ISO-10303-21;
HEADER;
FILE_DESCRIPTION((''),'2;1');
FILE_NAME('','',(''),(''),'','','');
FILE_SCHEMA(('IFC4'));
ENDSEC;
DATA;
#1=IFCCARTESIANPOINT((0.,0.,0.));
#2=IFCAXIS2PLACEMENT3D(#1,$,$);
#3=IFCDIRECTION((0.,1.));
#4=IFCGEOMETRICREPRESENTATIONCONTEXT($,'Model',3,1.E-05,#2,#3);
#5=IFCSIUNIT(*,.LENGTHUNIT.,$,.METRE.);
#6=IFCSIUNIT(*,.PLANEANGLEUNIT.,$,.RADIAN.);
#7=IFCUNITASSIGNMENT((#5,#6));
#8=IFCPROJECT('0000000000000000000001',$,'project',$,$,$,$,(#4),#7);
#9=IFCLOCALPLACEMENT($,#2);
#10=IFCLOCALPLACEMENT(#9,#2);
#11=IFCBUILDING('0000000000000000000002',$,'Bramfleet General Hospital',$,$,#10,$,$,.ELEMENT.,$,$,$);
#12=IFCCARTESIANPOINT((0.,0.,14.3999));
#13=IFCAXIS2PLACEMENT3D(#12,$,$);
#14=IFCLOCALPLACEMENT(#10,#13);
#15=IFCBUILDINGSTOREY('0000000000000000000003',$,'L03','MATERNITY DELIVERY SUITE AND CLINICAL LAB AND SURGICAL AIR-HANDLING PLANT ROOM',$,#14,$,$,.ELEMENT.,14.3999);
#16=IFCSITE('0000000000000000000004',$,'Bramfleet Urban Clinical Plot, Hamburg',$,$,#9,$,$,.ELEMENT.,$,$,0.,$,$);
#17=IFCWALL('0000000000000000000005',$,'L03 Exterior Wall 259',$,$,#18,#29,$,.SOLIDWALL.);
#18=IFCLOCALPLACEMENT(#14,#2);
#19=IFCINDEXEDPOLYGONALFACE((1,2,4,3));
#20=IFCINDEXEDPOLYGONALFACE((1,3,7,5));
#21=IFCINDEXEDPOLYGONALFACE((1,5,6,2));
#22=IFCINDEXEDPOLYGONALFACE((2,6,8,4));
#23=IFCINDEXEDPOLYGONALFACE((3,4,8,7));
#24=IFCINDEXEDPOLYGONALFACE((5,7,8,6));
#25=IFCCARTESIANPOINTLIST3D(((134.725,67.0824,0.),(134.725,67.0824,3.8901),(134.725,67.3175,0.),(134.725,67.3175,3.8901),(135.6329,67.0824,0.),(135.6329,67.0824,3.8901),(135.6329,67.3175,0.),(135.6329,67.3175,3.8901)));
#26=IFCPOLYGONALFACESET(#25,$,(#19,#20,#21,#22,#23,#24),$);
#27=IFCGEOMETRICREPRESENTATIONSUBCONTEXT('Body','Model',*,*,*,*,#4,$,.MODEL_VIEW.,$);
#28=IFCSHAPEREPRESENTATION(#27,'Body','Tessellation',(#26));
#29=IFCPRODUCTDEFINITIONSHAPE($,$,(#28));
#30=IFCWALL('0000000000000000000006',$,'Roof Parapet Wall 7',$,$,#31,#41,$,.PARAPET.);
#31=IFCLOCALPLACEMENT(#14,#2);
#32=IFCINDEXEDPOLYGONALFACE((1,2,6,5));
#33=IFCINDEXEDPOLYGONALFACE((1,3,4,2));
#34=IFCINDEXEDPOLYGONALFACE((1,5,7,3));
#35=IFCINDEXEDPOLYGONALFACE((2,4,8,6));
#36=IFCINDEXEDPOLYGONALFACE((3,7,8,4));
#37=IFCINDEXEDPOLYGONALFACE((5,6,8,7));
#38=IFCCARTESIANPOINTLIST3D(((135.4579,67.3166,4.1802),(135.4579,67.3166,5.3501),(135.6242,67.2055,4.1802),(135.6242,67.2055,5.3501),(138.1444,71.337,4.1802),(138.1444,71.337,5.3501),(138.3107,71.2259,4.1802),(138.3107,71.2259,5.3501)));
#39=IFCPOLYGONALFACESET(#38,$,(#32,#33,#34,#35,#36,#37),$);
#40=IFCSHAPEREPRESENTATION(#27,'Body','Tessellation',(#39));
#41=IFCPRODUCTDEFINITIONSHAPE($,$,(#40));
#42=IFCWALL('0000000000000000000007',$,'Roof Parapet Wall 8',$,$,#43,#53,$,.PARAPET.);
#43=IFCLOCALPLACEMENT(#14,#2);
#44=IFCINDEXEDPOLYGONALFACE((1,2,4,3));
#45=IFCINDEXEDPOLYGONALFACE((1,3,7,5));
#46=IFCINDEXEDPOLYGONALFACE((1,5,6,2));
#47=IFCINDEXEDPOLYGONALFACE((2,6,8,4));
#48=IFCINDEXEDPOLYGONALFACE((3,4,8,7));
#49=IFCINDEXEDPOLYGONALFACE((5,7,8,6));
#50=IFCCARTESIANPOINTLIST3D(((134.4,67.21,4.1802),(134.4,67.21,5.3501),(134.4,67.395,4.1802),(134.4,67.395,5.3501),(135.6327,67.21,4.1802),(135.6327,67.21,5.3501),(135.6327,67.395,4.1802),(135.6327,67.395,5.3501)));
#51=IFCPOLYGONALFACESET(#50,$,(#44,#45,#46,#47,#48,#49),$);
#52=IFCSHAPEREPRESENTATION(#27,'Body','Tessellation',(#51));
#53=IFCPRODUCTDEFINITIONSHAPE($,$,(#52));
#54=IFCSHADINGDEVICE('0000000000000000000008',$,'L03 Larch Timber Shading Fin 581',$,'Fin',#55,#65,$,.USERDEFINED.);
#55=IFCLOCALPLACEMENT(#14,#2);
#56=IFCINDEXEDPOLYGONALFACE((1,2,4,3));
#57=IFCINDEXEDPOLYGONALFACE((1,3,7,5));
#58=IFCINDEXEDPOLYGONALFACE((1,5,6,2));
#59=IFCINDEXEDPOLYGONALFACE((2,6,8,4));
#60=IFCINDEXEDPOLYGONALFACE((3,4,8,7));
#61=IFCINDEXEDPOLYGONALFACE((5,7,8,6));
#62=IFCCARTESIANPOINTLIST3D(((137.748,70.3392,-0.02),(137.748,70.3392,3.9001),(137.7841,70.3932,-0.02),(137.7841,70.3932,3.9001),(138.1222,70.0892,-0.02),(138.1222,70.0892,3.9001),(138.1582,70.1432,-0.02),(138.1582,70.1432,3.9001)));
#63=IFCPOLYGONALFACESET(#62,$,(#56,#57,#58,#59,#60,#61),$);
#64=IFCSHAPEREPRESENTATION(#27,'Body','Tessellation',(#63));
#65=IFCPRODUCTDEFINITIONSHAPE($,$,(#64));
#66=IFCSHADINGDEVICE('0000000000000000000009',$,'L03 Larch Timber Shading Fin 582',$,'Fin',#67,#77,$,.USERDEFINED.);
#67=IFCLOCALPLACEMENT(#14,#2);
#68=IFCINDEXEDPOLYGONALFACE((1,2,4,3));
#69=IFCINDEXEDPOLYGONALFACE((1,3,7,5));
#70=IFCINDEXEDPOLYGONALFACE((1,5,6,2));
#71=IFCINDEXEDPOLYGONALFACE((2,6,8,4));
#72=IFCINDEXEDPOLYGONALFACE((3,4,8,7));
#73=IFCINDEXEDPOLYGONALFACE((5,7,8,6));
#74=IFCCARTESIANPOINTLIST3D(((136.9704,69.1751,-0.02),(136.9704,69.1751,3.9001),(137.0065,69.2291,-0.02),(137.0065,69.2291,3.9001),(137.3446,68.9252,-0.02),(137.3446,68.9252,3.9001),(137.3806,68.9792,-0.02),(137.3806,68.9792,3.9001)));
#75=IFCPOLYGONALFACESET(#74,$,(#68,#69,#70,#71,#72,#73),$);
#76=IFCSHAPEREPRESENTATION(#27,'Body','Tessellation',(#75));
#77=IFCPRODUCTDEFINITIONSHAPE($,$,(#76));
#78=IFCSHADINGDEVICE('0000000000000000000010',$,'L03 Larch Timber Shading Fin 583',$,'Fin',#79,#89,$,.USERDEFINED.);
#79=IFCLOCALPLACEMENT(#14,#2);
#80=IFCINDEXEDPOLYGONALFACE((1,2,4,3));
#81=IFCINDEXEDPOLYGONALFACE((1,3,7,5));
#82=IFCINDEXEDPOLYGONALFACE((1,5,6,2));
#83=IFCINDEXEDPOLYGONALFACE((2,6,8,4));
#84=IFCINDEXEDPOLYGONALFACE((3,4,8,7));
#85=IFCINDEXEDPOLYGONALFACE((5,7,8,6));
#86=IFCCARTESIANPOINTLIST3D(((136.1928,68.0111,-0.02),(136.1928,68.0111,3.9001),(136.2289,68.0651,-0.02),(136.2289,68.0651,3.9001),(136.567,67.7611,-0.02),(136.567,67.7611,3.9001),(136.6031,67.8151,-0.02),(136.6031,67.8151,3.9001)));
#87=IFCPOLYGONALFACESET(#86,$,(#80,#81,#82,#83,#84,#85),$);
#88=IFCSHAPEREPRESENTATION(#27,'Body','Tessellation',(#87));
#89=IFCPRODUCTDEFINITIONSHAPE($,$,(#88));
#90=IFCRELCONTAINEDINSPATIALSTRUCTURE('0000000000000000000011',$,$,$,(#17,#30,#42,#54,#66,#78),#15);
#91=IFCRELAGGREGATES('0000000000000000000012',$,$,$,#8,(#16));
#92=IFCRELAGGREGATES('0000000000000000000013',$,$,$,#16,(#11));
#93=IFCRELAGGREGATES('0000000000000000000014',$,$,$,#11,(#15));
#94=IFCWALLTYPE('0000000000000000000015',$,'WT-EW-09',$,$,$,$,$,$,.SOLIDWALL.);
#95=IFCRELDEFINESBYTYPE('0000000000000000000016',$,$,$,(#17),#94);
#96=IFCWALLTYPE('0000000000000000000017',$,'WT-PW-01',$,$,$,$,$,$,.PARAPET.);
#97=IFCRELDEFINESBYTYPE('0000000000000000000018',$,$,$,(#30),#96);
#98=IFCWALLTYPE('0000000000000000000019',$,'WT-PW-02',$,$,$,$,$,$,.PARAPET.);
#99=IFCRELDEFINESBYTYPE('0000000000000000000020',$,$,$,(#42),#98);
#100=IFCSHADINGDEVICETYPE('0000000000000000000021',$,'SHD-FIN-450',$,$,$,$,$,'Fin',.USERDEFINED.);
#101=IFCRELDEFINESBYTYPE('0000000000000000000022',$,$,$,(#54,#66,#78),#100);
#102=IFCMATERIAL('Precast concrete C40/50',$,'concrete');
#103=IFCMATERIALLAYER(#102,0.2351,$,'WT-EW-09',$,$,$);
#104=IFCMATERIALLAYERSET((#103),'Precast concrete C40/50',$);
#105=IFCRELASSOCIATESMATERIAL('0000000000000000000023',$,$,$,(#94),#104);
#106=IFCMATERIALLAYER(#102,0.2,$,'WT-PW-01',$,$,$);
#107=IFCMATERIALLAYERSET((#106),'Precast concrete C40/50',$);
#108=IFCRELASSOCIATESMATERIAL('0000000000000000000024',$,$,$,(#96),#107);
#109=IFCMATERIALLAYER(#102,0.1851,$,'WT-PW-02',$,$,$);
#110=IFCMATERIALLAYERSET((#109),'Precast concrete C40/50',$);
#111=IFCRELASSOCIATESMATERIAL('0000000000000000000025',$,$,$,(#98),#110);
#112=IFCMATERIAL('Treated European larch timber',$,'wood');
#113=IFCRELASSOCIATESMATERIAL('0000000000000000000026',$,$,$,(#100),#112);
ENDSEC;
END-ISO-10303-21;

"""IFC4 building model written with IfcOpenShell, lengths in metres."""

from ifc_helpers import new_model, si_unit, direction, frame, frame_2d, origin, origin_2d, place, context, subcontext, project, spatial, rectangle, extrude, material, layer, layer_set, material_profile, profile_set, type_object, element, save


model = new_model("IFC4")

# Units and contexts
model_context = context("Model", 3, precision=1e-05, world=origin(), true_north=direction((0.0, 1.0)))
body_context = subcontext(model_context, "Body", "Model", "MODEL_VIEW")
ifc_project = project(units=[si_unit("LENGTHUNIT", "METRE"), si_unit("PLANEANGLEUNIT", "RADIAN")], contexts=[model_context])

# Site, building, storey
site_placement = place(None, origin())
site = spatial("IfcSite", under=ifc_project, at=site_placement, Name="Bramfleet Urban Clinical Plot, Hamburg", CompositionType="ELEMENT", RefElevation=0.0)
building_placement = place(site_placement, origin())
building = spatial("IfcBuilding", under=site, at=building_placement, Name="Bramfleet General Hospital", CompositionType="ELEMENT")
storey_placement = place(building_placement, frame((0.0, 0.0, 14.3999)))
storey = spatial("IfcBuildingStorey", under=building, at=storey_placement, Name="L03", Description="MATERNITY DELIVERY SUITE AND CLINICAL LAB AND SURGICAL AIR-HANDLING PLANT ROOM", CompositionType="ELEMENT", Elevation=14.3999)

# Walls
ifc_material_1 = material(Name="Precast concrete C40/50", Category="concrete")
ifc_layer_1 = layer(ifc_material_1, 0.2351, Name="WT-EW-09")
ifc_layer_set_1 = layer_set([ifc_layer_1], Name="Precast concrete C40/50")
wall_type_1 = type_object("IfcWallType", Name="WT-EW-09", PredefinedType="SOLIDWALL", material=ifc_layer_set_1)
wall_1_placement = place(storey_placement, frame((135.6331, 67.2, 0.0), z_axis=(0.0, 0.0, 1.0), x_axis=(-1.0, 0.0, 0.0)))
element("IfcWall", 1, at=wall_1_placement, inside=storey, type_object=wall_type_1, Name="L03 Exterior Wall 259", PredefinedType="SOLIDWALL", context=body_context, shape_type="SweptSolid", body=[
    extrude(rectangle(XDim=0.908, YDim=0.2351, at=frame_2d((0.4541, 0.0))), origin(), (0.0, 0.0, 1.0), 3.8901),
])
ifc_layer_2 = layer(ifc_material_1, 0.2, Name="WT-PW-01")
ifc_layer_set_2 = layer_set([ifc_layer_2], Name="Precast concrete C40/50")
wall_type_2 = type_object("IfcWallType", Name="WT-PW-01", PredefinedType="PARAPET", material=ifc_layer_set_2)
wall_2_placement = place(storey_placement, frame((138.2275, 71.2815, 4.1802), z_axis=(0.0, 0.0, 1.0), x_axis=(-0.555585, -0.831459, 0.0)))
element("IfcWall", 2, at=wall_2_placement, inside=storey, type_object=wall_type_2, Name="Roof Parapet Wall 7", PredefinedType="PARAPET", context=body_context, shape_type="SweptSolid", body=[
    extrude(rectangle(XDim=4.8354, YDim=0.2, at=frame_2d((2.4177, 0.0))), origin(), (0.0, 0.0, 1.0), 1.1699),
])
ifc_layer_3 = layer(ifc_material_1, 0.1851, Name="WT-PW-02")
ifc_layer_set_3 = layer_set([ifc_layer_3], Name="Precast concrete C40/50")
wall_type_3 = type_object("IfcWallType", Name="WT-PW-02", PredefinedType="PARAPET", material=ifc_layer_set_3)
wall_3_placement = place(storey_placement, frame((135.6326, 67.3025, 4.1802), z_axis=(0.0, 0.0, 1.0), x_axis=(-1.0, 0.0, 0.0)))
element("IfcWall", 3, at=wall_3_placement, inside=storey, type_object=wall_type_3, Name="Roof Parapet Wall 8", PredefinedType="PARAPET", context=body_context, shape_type="SweptSolid", body=[
    extrude(rectangle(XDim=1.2327, YDim=0.1851, at=frame_2d((0.6162, 0.0))), origin(), (0.0, 0.0, 1.0), 1.1699),
])

# Shading devices
ifc_material_2 = material(Name="Treated European larch timber", Category="wood")
ifc_material_profile_1 = material_profile(ifc_material_2, rectangle(XDim=0.0649, YDim=0.45, at=origin_2d()), Name="LARCH FIN 450x65")
ifc_profile_set_1 = profile_set([ifc_material_profile_1], Name="Treated European larch timber")
shading_device_type = type_object("IfcShadingDeviceType", Name="SHD-FIN-450", ElementType="Fin", PredefinedType="USERDEFINED", material=ifc_profile_set_1)
for number, where, z_axis, x_axis, name in (
    (4, (137.9531, 70.2412, -0.02), (0.0, 0.0, 1.0), (-0.555464, -0.831541, 0.0), "L03 Larch Timber Shading Fin 581"),
    (5, (137.1755, 69.0771, -0.02), (0.0, 0.0, 1.0), (-0.555464, -0.831541, 0.0), "L03 Larch Timber Shading Fin 582"),
    (6, (136.3979, 67.9131, -0.02), (0.0, 0.0, 1.0), (-0.555464, -0.831541, 0.0), "L03 Larch Timber Shading Fin 583"),
):
    element("IfcShadingDevice", number, at=place(storey_placement, frame(where, z_axis=z_axis, x_axis=x_axis)), inside=storey, type_object=shading_device_type, Name=name, ObjectType="Fin", PredefinedType="USERDEFINED", context=body_context, shape_type="SweptSolid", body=[
        extrude(rectangle(XDim=0.0649, YDim=0.45, at=origin_2d()), origin(), (0.0, 0.0, 1.0), 3.9202),
    ])

save(model, "model.ifc")
